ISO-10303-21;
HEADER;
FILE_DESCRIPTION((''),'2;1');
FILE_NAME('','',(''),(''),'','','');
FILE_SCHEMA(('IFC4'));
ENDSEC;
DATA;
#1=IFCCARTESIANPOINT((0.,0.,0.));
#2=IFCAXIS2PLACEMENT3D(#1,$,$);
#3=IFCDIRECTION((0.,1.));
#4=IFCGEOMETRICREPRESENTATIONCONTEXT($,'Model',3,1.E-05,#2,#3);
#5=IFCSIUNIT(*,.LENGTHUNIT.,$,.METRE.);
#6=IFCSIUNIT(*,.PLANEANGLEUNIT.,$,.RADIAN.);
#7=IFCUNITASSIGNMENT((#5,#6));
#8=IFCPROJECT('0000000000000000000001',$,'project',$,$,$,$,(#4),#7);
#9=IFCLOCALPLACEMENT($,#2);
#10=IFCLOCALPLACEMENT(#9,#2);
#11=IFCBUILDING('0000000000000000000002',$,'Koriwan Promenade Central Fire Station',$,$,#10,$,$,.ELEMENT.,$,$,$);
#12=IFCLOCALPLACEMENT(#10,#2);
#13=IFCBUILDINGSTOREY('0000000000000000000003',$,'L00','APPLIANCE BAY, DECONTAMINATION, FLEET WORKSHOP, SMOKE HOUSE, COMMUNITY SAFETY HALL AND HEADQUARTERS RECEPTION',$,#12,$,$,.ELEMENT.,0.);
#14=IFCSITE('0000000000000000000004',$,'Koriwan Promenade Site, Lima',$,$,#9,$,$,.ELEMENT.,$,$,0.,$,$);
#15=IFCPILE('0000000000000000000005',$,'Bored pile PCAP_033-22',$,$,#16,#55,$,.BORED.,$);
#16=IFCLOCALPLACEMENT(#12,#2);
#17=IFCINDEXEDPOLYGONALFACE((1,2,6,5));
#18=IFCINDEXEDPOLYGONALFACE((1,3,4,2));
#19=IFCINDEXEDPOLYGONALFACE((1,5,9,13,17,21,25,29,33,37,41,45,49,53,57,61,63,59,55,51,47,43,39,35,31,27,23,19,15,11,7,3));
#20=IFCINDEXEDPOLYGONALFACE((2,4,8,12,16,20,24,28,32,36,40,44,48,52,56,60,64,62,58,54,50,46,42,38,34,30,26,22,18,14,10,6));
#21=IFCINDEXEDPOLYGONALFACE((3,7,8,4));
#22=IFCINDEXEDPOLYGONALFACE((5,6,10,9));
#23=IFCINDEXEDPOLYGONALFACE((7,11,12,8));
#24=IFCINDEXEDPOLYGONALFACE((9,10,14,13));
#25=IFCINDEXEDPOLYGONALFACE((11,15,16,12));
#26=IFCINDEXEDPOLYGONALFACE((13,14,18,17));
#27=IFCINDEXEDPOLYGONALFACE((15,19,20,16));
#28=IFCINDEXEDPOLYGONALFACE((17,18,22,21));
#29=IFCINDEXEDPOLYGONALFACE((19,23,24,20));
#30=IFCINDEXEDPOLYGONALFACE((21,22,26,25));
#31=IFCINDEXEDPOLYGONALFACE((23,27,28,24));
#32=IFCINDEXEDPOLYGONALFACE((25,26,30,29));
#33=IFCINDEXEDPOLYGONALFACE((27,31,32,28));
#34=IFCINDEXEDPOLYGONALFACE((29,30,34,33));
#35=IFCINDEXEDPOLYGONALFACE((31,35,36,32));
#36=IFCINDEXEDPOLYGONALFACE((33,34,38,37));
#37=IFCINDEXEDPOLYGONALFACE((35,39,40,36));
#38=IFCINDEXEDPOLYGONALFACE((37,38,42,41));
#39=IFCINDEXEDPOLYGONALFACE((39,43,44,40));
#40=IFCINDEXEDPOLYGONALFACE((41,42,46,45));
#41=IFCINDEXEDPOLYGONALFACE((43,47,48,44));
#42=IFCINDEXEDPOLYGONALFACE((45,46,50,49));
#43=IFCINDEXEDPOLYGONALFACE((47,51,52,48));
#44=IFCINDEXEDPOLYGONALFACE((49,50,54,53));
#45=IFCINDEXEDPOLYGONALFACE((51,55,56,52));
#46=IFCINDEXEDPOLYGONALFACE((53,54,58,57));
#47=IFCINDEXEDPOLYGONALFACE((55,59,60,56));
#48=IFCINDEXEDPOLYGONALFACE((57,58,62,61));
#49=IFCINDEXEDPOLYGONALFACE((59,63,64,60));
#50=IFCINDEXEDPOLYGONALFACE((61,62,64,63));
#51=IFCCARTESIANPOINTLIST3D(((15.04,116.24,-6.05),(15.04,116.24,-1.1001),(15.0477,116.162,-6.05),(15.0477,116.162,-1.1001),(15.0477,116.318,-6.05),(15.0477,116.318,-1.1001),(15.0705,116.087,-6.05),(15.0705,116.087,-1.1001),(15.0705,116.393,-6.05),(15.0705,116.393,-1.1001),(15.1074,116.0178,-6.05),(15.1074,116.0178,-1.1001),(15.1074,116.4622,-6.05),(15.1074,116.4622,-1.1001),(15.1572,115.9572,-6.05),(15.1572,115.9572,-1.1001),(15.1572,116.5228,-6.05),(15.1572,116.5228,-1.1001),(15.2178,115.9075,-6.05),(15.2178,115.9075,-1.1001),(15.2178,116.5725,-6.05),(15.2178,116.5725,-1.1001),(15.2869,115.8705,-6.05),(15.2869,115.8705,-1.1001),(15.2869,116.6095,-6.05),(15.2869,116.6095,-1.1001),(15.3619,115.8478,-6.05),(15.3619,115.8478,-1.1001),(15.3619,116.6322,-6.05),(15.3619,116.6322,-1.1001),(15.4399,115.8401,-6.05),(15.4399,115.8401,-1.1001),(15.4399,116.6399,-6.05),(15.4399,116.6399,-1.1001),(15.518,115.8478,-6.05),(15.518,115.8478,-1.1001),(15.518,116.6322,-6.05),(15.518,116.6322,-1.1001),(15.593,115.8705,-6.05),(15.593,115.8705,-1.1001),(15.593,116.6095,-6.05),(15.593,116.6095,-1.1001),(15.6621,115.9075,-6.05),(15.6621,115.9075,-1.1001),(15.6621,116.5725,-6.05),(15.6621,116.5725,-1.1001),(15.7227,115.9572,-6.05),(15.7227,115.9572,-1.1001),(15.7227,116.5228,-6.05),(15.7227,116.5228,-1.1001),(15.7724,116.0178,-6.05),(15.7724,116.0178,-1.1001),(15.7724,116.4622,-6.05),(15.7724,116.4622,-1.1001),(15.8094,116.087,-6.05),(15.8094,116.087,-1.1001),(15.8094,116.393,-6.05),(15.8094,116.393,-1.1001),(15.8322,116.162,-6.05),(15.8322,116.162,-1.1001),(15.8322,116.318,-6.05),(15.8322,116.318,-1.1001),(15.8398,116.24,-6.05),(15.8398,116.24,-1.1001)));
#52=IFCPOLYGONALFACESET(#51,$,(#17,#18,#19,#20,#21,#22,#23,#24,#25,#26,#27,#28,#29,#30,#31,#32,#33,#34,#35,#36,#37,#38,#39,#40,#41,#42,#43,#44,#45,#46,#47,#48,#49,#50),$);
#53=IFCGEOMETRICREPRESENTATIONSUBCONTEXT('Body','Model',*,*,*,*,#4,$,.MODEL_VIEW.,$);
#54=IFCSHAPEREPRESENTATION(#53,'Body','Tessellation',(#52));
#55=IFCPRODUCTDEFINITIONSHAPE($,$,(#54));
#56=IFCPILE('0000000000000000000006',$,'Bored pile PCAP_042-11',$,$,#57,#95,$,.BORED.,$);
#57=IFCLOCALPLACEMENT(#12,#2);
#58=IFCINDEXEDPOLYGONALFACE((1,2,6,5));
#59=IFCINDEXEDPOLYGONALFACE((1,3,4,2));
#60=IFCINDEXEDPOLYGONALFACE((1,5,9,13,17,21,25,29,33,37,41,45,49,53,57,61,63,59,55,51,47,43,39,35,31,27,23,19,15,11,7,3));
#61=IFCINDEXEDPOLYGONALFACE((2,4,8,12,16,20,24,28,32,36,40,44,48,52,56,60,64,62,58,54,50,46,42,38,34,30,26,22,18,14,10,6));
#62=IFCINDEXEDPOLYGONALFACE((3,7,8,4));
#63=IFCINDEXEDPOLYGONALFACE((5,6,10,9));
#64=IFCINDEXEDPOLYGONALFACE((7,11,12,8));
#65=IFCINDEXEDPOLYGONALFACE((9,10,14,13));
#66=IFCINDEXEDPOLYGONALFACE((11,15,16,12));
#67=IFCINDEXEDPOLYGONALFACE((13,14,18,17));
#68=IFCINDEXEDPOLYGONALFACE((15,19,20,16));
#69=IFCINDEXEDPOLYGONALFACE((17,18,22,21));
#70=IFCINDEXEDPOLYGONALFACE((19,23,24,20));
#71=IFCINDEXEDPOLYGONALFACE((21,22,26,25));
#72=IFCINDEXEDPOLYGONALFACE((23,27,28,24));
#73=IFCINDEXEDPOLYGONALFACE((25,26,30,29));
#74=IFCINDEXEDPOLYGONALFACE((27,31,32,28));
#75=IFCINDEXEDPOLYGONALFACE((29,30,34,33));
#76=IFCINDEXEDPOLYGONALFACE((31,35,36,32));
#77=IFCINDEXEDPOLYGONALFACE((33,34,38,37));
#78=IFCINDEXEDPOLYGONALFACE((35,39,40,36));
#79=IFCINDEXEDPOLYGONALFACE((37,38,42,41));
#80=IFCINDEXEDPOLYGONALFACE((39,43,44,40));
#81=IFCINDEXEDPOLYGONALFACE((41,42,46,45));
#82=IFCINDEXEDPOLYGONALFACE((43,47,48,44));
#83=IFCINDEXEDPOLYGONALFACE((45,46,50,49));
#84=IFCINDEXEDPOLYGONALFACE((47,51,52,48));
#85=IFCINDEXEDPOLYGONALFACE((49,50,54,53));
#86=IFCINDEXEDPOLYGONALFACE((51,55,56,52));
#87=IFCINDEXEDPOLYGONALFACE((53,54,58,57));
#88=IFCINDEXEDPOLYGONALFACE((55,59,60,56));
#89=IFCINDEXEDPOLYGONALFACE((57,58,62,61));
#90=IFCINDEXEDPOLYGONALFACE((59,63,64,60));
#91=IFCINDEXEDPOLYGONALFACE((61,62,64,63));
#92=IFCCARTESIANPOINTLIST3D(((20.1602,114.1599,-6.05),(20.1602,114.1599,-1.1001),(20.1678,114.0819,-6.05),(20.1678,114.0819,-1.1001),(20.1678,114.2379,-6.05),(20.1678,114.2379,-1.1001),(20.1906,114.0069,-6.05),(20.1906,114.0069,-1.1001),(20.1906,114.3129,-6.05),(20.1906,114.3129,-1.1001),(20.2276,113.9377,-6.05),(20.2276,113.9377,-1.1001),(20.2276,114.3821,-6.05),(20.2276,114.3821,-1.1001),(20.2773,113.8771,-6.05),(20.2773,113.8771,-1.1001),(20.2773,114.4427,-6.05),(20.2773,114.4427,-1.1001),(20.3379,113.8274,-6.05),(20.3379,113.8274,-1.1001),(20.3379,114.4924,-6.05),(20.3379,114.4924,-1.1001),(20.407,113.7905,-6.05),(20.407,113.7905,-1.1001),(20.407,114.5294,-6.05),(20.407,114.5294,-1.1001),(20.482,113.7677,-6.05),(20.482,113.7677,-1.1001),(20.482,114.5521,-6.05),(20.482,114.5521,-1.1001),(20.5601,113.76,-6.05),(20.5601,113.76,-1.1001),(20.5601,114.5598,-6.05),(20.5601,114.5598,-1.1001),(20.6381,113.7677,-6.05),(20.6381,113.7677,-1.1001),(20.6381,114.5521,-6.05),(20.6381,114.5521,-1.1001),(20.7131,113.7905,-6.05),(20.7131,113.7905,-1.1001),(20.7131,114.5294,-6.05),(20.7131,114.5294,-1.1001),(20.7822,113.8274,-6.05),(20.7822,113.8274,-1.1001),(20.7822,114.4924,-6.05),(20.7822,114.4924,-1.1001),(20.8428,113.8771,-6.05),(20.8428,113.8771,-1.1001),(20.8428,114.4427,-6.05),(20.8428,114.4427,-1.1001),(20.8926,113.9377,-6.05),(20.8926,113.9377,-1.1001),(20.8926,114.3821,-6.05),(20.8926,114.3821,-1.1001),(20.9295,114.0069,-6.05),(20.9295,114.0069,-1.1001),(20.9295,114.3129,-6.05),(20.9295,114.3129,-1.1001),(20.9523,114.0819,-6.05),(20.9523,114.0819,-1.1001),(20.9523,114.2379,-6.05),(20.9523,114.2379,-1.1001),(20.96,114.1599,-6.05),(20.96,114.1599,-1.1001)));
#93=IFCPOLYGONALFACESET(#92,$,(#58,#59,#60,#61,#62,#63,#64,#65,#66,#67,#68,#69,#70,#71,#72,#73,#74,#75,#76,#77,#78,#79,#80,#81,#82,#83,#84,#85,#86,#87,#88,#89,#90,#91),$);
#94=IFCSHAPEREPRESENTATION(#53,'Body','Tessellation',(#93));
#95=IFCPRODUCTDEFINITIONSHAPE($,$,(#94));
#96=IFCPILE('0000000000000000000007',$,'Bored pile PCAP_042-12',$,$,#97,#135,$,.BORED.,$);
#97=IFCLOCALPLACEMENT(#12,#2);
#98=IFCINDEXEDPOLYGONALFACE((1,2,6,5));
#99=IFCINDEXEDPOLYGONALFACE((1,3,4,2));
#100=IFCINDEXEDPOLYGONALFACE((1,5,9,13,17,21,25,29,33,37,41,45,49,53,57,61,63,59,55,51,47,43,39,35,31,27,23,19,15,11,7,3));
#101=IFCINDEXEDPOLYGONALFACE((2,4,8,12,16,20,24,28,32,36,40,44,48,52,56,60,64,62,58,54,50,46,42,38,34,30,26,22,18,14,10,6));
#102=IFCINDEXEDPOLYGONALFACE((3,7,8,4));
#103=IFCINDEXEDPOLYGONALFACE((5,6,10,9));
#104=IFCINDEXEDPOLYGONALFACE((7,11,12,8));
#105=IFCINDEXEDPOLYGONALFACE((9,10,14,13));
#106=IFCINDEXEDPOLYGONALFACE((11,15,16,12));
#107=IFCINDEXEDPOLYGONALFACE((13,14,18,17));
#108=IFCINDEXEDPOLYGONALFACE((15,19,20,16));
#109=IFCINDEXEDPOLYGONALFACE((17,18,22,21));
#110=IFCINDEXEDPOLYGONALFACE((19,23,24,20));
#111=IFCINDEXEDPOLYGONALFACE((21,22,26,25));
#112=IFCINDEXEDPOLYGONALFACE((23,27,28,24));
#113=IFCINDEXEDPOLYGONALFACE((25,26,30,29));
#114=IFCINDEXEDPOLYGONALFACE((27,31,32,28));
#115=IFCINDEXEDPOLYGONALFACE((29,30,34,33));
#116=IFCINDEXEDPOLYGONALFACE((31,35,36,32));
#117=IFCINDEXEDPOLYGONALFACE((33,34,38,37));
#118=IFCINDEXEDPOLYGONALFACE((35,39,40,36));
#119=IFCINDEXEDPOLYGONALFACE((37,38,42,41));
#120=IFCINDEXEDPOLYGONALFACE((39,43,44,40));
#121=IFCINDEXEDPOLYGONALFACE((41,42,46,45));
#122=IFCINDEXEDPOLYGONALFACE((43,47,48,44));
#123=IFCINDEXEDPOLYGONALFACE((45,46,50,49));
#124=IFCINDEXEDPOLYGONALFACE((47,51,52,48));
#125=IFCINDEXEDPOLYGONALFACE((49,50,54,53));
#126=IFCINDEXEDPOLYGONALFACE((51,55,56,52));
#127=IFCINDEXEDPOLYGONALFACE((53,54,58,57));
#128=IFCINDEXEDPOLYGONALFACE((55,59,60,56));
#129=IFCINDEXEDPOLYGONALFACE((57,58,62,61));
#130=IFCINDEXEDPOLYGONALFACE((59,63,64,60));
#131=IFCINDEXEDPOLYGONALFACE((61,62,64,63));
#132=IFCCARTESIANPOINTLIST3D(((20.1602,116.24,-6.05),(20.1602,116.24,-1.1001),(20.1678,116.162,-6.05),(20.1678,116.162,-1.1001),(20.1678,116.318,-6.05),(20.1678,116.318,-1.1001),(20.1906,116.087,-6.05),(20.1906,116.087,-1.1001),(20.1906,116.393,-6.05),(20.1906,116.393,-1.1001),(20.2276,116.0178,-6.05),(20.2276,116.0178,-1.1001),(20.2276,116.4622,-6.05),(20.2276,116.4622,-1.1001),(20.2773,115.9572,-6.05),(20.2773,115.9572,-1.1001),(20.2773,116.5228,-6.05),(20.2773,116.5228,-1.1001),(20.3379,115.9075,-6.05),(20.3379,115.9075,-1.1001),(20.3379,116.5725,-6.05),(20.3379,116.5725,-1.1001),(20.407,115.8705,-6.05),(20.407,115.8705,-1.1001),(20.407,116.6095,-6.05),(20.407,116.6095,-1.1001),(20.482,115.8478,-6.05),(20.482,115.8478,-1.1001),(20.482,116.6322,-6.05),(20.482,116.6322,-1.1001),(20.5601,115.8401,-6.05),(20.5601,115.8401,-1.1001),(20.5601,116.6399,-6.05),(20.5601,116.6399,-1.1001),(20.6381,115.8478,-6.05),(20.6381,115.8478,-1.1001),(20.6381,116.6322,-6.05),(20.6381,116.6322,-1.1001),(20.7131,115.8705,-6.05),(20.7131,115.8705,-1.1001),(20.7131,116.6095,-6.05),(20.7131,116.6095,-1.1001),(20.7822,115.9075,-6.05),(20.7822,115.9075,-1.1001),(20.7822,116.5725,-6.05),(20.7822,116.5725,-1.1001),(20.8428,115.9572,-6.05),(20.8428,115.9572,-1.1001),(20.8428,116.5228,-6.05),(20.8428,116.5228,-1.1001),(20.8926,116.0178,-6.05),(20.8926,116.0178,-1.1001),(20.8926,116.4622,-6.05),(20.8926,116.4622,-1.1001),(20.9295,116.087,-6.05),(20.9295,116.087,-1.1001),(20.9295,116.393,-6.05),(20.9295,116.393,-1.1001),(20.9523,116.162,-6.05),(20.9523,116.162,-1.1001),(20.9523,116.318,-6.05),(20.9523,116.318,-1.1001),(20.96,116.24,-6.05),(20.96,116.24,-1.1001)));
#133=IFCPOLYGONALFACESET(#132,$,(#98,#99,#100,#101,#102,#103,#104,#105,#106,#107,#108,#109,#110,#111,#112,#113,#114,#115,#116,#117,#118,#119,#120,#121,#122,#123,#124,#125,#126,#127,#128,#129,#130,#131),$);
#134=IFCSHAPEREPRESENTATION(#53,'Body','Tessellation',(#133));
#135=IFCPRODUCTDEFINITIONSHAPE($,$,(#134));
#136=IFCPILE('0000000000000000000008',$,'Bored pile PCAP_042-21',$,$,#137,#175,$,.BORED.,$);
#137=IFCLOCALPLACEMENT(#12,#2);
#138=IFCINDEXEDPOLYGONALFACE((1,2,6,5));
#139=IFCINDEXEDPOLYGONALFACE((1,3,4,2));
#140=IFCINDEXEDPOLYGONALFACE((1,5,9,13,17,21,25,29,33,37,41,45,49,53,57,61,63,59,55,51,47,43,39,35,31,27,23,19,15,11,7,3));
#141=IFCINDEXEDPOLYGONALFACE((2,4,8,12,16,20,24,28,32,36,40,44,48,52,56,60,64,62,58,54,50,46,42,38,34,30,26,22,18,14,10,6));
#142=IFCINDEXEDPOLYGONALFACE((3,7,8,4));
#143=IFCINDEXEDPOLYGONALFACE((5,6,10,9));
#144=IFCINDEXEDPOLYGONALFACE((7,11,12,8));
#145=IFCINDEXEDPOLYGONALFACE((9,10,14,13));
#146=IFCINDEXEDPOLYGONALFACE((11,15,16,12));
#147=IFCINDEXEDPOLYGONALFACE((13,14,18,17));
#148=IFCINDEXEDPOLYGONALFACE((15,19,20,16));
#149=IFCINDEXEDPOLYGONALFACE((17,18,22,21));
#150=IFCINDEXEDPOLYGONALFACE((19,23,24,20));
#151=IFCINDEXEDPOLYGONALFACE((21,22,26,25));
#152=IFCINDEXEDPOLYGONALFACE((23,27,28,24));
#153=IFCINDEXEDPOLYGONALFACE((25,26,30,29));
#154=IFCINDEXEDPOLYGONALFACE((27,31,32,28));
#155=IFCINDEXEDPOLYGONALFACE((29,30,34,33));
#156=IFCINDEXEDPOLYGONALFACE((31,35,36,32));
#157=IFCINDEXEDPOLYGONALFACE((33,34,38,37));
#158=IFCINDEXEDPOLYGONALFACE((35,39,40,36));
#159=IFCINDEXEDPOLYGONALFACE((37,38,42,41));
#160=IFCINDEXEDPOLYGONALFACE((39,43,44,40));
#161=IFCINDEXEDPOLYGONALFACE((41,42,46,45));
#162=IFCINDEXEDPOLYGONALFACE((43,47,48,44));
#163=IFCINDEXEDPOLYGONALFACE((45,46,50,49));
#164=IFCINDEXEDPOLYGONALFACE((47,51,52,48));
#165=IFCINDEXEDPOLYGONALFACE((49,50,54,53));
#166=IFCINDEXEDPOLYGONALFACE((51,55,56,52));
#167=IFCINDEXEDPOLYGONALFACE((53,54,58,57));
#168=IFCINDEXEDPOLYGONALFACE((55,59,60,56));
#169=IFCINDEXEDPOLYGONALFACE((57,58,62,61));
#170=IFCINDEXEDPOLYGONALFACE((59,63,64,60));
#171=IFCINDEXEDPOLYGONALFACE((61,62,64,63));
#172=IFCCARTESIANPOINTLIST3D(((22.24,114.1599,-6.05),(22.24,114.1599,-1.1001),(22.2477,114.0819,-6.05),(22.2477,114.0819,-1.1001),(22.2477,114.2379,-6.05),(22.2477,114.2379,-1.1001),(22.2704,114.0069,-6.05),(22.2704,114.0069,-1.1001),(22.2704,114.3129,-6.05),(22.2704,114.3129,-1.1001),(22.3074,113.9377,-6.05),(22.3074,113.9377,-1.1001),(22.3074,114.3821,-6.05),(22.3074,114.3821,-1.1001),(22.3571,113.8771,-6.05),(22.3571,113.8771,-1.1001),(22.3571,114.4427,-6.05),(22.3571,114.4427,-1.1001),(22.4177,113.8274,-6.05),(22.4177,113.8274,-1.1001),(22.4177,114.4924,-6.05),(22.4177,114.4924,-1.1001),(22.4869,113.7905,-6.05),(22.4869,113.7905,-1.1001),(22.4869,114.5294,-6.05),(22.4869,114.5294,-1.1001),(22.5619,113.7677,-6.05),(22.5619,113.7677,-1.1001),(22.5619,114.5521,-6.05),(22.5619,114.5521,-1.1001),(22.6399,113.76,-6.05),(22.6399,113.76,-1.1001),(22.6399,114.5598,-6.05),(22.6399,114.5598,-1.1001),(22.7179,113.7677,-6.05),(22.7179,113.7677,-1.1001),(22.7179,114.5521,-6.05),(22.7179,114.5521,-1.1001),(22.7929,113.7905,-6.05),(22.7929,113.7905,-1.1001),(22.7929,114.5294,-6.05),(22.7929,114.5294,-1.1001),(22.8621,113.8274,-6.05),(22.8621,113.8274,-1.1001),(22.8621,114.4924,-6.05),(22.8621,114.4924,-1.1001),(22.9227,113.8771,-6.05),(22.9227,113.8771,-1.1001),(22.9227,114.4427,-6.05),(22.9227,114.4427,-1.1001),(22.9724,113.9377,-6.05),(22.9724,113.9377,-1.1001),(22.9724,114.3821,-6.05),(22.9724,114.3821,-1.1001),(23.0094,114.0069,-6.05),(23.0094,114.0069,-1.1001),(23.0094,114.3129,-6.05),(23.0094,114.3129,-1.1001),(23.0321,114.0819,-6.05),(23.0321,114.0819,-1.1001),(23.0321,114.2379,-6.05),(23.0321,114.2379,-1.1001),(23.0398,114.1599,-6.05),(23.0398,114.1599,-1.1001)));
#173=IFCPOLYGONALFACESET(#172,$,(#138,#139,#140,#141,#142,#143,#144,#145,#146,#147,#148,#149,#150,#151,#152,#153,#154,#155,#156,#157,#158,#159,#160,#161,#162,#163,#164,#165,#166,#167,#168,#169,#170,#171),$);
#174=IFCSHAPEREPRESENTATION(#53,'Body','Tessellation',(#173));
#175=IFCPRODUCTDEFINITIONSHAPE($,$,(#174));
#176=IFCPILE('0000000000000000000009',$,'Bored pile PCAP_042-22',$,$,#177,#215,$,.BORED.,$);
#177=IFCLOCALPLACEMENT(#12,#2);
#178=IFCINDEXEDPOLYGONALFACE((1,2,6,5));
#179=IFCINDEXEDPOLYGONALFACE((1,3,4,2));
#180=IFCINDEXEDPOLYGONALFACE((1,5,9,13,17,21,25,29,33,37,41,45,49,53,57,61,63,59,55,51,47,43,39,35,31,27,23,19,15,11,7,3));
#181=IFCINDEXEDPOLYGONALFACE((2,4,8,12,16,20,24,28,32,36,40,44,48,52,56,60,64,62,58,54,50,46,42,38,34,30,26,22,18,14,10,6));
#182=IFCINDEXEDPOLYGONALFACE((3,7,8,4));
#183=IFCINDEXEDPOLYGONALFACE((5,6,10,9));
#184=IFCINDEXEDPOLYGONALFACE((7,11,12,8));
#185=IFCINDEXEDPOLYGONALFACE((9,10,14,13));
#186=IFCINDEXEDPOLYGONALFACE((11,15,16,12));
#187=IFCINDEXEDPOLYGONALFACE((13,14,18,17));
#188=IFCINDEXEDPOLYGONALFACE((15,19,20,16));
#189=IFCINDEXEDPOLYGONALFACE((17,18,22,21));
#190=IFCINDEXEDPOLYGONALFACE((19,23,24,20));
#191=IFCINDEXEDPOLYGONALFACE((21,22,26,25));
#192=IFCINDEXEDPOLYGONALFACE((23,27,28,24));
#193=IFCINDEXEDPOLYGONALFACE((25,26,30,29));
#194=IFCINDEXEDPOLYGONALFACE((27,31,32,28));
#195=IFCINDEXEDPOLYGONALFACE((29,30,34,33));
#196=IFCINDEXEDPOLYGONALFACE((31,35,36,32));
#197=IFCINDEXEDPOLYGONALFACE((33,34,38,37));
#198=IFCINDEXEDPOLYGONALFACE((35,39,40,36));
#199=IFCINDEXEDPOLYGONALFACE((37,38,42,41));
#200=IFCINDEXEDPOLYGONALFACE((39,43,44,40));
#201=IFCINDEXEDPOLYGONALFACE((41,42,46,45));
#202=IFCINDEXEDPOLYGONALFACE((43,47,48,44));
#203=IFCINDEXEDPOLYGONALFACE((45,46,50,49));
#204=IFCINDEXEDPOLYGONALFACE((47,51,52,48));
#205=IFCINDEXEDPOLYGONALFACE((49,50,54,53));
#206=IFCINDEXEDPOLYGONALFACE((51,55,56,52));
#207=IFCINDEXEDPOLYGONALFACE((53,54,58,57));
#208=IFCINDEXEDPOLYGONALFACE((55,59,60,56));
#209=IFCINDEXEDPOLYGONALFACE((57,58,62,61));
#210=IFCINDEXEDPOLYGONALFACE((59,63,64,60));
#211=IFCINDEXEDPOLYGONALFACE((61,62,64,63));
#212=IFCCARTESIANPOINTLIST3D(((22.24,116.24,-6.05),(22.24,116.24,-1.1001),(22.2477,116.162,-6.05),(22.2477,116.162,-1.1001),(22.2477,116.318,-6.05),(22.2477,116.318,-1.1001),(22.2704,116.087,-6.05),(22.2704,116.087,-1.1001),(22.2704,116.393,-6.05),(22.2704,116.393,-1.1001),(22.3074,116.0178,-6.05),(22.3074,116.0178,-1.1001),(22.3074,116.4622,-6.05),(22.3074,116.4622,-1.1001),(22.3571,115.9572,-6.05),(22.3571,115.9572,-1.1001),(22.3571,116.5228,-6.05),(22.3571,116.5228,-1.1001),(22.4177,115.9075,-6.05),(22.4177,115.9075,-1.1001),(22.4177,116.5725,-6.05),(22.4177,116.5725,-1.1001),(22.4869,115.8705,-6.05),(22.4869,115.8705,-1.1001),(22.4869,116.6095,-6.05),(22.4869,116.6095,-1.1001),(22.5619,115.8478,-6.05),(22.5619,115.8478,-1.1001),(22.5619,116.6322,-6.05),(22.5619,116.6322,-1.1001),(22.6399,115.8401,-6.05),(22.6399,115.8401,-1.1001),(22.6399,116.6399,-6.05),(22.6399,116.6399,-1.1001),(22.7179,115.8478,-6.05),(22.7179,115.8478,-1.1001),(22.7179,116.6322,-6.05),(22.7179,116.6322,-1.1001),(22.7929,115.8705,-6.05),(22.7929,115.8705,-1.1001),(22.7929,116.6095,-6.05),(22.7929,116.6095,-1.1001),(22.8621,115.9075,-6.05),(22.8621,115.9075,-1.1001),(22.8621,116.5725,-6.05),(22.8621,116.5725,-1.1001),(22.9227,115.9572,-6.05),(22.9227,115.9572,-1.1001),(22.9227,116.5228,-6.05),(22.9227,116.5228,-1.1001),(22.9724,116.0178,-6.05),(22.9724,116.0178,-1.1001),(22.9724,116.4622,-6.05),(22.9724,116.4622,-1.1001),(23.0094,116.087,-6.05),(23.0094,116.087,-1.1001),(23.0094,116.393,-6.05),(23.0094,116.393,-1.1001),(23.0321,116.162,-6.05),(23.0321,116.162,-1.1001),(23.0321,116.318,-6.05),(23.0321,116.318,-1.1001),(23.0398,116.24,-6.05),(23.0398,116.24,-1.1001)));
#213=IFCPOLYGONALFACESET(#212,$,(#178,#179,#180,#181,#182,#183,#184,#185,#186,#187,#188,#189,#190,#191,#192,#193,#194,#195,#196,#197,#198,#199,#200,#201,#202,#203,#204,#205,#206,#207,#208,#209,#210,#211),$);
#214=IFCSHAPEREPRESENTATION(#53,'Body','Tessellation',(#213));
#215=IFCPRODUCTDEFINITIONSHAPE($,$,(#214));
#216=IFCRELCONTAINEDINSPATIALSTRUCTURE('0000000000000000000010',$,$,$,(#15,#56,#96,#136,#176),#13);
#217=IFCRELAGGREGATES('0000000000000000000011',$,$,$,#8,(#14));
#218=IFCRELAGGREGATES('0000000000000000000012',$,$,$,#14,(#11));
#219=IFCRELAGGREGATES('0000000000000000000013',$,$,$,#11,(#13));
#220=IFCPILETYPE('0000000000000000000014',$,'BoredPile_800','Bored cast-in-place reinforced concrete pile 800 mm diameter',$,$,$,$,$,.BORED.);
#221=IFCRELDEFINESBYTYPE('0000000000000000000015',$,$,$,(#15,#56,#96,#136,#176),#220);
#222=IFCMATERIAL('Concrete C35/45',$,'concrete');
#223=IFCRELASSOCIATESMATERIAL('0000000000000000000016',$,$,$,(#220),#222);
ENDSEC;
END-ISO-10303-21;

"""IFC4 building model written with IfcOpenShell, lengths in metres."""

from ifc_helpers import new_model, si_unit, direction, frame, origin, origin_2d, place, context, subcontext, project, spatial, circle, extrude, material, material_profile, profile_set, type_object, element, save


model = new_model("IFC4")

# Units and contexts
model_context = context("Model", 3, precision=1e-05, world=origin(), true_north=direction((0.0, 1.0)))
body_context = subcontext(model_context, "Body", "Model", "MODEL_VIEW")
ifc_project = project(units=[si_unit("LENGTHUNIT", "METRE"), si_unit("PLANEANGLEUNIT", "RADIAN")], contexts=[model_context])

# Site, building, storey
site_placement = place(None, origin())
site = spatial("IfcSite", under=ifc_project, at=site_placement, Name="Koriwan Promenade Site, Lima", CompositionType="ELEMENT", RefElevation=0.0)
building_placement = place(site_placement, origin())
building = spatial("IfcBuilding", under=site, at=building_placement, Name="Koriwan Promenade Central Fire Station", CompositionType="ELEMENT")
storey_placement = place(building_placement, origin())
storey = spatial("IfcBuildingStorey", under=building, at=storey_placement, Name="L00", Description="APPLIANCE BAY, DECONTAMINATION, FLEET WORKSHOP, SMOKE HOUSE, COMMUNITY SAFETY HALL AND HEADQUARTERS RECEPTION", CompositionType="ELEMENT", Elevation=0.0)

# Piles
ifc_material_1 = material(Name="Concrete C35/45", Category="concrete")
ifc_material_profile_1 = material_profile(ifc_material_1, circle(Radius=0.3999, at=origin_2d()), Name="PILE-D800")
ifc_profile_set_1 = profile_set([ifc_material_profile_1], Name="Concrete C35/45")
pile_type = type_object("IfcPileType", Name="BoredPile_800", Description="Bored cast-in-place reinforced concrete pile 800 mm diameter", PredefinedType="BORED", material=ifc_profile_set_1)
for number, where, z_axis, x_axis, name in (
    (1, (15.4399, 116.24, -1.1001), (0.0, 0.0, -1.0), (1.0, 0.0, 0.0), "Bored pile PCAP_033-22"),
    (2, (20.5601, 114.1599, -1.1001), (0.0, 0.0, -1.0), (1.0, 0.0, 0.0), "Bored pile PCAP_042-11"),
    (3, (20.5601, 116.24, -1.1001), (0.0, 0.0, -1.0), (1.0, 0.0, 0.0), "Bored pile PCAP_042-12"),
    (4, (22.6399, 114.1599, -1.1001), (0.0, 0.0, -1.0), (1.0, 0.0, 0.0), "Bored pile PCAP_042-21"),
    (5, (22.6399, 116.24, -1.1001), (0.0, 0.0, -1.0), (1.0, 0.0, 0.0), "Bored pile PCAP_042-22"),
):
    element("IfcPile", number, at=place(storey_placement, frame(where, z_axis=z_axis, x_axis=x_axis)), inside=storey, type_object=pile_type, Name=name, PredefinedType="BORED", context=body_context, shape_type="SweptSolid", body=[
        extrude(circle(Radius=0.3999, at=origin_2d()), origin(), (0.0, 0.0, 1.0), 4.95),
    ])

save(model, "model.ifc")
